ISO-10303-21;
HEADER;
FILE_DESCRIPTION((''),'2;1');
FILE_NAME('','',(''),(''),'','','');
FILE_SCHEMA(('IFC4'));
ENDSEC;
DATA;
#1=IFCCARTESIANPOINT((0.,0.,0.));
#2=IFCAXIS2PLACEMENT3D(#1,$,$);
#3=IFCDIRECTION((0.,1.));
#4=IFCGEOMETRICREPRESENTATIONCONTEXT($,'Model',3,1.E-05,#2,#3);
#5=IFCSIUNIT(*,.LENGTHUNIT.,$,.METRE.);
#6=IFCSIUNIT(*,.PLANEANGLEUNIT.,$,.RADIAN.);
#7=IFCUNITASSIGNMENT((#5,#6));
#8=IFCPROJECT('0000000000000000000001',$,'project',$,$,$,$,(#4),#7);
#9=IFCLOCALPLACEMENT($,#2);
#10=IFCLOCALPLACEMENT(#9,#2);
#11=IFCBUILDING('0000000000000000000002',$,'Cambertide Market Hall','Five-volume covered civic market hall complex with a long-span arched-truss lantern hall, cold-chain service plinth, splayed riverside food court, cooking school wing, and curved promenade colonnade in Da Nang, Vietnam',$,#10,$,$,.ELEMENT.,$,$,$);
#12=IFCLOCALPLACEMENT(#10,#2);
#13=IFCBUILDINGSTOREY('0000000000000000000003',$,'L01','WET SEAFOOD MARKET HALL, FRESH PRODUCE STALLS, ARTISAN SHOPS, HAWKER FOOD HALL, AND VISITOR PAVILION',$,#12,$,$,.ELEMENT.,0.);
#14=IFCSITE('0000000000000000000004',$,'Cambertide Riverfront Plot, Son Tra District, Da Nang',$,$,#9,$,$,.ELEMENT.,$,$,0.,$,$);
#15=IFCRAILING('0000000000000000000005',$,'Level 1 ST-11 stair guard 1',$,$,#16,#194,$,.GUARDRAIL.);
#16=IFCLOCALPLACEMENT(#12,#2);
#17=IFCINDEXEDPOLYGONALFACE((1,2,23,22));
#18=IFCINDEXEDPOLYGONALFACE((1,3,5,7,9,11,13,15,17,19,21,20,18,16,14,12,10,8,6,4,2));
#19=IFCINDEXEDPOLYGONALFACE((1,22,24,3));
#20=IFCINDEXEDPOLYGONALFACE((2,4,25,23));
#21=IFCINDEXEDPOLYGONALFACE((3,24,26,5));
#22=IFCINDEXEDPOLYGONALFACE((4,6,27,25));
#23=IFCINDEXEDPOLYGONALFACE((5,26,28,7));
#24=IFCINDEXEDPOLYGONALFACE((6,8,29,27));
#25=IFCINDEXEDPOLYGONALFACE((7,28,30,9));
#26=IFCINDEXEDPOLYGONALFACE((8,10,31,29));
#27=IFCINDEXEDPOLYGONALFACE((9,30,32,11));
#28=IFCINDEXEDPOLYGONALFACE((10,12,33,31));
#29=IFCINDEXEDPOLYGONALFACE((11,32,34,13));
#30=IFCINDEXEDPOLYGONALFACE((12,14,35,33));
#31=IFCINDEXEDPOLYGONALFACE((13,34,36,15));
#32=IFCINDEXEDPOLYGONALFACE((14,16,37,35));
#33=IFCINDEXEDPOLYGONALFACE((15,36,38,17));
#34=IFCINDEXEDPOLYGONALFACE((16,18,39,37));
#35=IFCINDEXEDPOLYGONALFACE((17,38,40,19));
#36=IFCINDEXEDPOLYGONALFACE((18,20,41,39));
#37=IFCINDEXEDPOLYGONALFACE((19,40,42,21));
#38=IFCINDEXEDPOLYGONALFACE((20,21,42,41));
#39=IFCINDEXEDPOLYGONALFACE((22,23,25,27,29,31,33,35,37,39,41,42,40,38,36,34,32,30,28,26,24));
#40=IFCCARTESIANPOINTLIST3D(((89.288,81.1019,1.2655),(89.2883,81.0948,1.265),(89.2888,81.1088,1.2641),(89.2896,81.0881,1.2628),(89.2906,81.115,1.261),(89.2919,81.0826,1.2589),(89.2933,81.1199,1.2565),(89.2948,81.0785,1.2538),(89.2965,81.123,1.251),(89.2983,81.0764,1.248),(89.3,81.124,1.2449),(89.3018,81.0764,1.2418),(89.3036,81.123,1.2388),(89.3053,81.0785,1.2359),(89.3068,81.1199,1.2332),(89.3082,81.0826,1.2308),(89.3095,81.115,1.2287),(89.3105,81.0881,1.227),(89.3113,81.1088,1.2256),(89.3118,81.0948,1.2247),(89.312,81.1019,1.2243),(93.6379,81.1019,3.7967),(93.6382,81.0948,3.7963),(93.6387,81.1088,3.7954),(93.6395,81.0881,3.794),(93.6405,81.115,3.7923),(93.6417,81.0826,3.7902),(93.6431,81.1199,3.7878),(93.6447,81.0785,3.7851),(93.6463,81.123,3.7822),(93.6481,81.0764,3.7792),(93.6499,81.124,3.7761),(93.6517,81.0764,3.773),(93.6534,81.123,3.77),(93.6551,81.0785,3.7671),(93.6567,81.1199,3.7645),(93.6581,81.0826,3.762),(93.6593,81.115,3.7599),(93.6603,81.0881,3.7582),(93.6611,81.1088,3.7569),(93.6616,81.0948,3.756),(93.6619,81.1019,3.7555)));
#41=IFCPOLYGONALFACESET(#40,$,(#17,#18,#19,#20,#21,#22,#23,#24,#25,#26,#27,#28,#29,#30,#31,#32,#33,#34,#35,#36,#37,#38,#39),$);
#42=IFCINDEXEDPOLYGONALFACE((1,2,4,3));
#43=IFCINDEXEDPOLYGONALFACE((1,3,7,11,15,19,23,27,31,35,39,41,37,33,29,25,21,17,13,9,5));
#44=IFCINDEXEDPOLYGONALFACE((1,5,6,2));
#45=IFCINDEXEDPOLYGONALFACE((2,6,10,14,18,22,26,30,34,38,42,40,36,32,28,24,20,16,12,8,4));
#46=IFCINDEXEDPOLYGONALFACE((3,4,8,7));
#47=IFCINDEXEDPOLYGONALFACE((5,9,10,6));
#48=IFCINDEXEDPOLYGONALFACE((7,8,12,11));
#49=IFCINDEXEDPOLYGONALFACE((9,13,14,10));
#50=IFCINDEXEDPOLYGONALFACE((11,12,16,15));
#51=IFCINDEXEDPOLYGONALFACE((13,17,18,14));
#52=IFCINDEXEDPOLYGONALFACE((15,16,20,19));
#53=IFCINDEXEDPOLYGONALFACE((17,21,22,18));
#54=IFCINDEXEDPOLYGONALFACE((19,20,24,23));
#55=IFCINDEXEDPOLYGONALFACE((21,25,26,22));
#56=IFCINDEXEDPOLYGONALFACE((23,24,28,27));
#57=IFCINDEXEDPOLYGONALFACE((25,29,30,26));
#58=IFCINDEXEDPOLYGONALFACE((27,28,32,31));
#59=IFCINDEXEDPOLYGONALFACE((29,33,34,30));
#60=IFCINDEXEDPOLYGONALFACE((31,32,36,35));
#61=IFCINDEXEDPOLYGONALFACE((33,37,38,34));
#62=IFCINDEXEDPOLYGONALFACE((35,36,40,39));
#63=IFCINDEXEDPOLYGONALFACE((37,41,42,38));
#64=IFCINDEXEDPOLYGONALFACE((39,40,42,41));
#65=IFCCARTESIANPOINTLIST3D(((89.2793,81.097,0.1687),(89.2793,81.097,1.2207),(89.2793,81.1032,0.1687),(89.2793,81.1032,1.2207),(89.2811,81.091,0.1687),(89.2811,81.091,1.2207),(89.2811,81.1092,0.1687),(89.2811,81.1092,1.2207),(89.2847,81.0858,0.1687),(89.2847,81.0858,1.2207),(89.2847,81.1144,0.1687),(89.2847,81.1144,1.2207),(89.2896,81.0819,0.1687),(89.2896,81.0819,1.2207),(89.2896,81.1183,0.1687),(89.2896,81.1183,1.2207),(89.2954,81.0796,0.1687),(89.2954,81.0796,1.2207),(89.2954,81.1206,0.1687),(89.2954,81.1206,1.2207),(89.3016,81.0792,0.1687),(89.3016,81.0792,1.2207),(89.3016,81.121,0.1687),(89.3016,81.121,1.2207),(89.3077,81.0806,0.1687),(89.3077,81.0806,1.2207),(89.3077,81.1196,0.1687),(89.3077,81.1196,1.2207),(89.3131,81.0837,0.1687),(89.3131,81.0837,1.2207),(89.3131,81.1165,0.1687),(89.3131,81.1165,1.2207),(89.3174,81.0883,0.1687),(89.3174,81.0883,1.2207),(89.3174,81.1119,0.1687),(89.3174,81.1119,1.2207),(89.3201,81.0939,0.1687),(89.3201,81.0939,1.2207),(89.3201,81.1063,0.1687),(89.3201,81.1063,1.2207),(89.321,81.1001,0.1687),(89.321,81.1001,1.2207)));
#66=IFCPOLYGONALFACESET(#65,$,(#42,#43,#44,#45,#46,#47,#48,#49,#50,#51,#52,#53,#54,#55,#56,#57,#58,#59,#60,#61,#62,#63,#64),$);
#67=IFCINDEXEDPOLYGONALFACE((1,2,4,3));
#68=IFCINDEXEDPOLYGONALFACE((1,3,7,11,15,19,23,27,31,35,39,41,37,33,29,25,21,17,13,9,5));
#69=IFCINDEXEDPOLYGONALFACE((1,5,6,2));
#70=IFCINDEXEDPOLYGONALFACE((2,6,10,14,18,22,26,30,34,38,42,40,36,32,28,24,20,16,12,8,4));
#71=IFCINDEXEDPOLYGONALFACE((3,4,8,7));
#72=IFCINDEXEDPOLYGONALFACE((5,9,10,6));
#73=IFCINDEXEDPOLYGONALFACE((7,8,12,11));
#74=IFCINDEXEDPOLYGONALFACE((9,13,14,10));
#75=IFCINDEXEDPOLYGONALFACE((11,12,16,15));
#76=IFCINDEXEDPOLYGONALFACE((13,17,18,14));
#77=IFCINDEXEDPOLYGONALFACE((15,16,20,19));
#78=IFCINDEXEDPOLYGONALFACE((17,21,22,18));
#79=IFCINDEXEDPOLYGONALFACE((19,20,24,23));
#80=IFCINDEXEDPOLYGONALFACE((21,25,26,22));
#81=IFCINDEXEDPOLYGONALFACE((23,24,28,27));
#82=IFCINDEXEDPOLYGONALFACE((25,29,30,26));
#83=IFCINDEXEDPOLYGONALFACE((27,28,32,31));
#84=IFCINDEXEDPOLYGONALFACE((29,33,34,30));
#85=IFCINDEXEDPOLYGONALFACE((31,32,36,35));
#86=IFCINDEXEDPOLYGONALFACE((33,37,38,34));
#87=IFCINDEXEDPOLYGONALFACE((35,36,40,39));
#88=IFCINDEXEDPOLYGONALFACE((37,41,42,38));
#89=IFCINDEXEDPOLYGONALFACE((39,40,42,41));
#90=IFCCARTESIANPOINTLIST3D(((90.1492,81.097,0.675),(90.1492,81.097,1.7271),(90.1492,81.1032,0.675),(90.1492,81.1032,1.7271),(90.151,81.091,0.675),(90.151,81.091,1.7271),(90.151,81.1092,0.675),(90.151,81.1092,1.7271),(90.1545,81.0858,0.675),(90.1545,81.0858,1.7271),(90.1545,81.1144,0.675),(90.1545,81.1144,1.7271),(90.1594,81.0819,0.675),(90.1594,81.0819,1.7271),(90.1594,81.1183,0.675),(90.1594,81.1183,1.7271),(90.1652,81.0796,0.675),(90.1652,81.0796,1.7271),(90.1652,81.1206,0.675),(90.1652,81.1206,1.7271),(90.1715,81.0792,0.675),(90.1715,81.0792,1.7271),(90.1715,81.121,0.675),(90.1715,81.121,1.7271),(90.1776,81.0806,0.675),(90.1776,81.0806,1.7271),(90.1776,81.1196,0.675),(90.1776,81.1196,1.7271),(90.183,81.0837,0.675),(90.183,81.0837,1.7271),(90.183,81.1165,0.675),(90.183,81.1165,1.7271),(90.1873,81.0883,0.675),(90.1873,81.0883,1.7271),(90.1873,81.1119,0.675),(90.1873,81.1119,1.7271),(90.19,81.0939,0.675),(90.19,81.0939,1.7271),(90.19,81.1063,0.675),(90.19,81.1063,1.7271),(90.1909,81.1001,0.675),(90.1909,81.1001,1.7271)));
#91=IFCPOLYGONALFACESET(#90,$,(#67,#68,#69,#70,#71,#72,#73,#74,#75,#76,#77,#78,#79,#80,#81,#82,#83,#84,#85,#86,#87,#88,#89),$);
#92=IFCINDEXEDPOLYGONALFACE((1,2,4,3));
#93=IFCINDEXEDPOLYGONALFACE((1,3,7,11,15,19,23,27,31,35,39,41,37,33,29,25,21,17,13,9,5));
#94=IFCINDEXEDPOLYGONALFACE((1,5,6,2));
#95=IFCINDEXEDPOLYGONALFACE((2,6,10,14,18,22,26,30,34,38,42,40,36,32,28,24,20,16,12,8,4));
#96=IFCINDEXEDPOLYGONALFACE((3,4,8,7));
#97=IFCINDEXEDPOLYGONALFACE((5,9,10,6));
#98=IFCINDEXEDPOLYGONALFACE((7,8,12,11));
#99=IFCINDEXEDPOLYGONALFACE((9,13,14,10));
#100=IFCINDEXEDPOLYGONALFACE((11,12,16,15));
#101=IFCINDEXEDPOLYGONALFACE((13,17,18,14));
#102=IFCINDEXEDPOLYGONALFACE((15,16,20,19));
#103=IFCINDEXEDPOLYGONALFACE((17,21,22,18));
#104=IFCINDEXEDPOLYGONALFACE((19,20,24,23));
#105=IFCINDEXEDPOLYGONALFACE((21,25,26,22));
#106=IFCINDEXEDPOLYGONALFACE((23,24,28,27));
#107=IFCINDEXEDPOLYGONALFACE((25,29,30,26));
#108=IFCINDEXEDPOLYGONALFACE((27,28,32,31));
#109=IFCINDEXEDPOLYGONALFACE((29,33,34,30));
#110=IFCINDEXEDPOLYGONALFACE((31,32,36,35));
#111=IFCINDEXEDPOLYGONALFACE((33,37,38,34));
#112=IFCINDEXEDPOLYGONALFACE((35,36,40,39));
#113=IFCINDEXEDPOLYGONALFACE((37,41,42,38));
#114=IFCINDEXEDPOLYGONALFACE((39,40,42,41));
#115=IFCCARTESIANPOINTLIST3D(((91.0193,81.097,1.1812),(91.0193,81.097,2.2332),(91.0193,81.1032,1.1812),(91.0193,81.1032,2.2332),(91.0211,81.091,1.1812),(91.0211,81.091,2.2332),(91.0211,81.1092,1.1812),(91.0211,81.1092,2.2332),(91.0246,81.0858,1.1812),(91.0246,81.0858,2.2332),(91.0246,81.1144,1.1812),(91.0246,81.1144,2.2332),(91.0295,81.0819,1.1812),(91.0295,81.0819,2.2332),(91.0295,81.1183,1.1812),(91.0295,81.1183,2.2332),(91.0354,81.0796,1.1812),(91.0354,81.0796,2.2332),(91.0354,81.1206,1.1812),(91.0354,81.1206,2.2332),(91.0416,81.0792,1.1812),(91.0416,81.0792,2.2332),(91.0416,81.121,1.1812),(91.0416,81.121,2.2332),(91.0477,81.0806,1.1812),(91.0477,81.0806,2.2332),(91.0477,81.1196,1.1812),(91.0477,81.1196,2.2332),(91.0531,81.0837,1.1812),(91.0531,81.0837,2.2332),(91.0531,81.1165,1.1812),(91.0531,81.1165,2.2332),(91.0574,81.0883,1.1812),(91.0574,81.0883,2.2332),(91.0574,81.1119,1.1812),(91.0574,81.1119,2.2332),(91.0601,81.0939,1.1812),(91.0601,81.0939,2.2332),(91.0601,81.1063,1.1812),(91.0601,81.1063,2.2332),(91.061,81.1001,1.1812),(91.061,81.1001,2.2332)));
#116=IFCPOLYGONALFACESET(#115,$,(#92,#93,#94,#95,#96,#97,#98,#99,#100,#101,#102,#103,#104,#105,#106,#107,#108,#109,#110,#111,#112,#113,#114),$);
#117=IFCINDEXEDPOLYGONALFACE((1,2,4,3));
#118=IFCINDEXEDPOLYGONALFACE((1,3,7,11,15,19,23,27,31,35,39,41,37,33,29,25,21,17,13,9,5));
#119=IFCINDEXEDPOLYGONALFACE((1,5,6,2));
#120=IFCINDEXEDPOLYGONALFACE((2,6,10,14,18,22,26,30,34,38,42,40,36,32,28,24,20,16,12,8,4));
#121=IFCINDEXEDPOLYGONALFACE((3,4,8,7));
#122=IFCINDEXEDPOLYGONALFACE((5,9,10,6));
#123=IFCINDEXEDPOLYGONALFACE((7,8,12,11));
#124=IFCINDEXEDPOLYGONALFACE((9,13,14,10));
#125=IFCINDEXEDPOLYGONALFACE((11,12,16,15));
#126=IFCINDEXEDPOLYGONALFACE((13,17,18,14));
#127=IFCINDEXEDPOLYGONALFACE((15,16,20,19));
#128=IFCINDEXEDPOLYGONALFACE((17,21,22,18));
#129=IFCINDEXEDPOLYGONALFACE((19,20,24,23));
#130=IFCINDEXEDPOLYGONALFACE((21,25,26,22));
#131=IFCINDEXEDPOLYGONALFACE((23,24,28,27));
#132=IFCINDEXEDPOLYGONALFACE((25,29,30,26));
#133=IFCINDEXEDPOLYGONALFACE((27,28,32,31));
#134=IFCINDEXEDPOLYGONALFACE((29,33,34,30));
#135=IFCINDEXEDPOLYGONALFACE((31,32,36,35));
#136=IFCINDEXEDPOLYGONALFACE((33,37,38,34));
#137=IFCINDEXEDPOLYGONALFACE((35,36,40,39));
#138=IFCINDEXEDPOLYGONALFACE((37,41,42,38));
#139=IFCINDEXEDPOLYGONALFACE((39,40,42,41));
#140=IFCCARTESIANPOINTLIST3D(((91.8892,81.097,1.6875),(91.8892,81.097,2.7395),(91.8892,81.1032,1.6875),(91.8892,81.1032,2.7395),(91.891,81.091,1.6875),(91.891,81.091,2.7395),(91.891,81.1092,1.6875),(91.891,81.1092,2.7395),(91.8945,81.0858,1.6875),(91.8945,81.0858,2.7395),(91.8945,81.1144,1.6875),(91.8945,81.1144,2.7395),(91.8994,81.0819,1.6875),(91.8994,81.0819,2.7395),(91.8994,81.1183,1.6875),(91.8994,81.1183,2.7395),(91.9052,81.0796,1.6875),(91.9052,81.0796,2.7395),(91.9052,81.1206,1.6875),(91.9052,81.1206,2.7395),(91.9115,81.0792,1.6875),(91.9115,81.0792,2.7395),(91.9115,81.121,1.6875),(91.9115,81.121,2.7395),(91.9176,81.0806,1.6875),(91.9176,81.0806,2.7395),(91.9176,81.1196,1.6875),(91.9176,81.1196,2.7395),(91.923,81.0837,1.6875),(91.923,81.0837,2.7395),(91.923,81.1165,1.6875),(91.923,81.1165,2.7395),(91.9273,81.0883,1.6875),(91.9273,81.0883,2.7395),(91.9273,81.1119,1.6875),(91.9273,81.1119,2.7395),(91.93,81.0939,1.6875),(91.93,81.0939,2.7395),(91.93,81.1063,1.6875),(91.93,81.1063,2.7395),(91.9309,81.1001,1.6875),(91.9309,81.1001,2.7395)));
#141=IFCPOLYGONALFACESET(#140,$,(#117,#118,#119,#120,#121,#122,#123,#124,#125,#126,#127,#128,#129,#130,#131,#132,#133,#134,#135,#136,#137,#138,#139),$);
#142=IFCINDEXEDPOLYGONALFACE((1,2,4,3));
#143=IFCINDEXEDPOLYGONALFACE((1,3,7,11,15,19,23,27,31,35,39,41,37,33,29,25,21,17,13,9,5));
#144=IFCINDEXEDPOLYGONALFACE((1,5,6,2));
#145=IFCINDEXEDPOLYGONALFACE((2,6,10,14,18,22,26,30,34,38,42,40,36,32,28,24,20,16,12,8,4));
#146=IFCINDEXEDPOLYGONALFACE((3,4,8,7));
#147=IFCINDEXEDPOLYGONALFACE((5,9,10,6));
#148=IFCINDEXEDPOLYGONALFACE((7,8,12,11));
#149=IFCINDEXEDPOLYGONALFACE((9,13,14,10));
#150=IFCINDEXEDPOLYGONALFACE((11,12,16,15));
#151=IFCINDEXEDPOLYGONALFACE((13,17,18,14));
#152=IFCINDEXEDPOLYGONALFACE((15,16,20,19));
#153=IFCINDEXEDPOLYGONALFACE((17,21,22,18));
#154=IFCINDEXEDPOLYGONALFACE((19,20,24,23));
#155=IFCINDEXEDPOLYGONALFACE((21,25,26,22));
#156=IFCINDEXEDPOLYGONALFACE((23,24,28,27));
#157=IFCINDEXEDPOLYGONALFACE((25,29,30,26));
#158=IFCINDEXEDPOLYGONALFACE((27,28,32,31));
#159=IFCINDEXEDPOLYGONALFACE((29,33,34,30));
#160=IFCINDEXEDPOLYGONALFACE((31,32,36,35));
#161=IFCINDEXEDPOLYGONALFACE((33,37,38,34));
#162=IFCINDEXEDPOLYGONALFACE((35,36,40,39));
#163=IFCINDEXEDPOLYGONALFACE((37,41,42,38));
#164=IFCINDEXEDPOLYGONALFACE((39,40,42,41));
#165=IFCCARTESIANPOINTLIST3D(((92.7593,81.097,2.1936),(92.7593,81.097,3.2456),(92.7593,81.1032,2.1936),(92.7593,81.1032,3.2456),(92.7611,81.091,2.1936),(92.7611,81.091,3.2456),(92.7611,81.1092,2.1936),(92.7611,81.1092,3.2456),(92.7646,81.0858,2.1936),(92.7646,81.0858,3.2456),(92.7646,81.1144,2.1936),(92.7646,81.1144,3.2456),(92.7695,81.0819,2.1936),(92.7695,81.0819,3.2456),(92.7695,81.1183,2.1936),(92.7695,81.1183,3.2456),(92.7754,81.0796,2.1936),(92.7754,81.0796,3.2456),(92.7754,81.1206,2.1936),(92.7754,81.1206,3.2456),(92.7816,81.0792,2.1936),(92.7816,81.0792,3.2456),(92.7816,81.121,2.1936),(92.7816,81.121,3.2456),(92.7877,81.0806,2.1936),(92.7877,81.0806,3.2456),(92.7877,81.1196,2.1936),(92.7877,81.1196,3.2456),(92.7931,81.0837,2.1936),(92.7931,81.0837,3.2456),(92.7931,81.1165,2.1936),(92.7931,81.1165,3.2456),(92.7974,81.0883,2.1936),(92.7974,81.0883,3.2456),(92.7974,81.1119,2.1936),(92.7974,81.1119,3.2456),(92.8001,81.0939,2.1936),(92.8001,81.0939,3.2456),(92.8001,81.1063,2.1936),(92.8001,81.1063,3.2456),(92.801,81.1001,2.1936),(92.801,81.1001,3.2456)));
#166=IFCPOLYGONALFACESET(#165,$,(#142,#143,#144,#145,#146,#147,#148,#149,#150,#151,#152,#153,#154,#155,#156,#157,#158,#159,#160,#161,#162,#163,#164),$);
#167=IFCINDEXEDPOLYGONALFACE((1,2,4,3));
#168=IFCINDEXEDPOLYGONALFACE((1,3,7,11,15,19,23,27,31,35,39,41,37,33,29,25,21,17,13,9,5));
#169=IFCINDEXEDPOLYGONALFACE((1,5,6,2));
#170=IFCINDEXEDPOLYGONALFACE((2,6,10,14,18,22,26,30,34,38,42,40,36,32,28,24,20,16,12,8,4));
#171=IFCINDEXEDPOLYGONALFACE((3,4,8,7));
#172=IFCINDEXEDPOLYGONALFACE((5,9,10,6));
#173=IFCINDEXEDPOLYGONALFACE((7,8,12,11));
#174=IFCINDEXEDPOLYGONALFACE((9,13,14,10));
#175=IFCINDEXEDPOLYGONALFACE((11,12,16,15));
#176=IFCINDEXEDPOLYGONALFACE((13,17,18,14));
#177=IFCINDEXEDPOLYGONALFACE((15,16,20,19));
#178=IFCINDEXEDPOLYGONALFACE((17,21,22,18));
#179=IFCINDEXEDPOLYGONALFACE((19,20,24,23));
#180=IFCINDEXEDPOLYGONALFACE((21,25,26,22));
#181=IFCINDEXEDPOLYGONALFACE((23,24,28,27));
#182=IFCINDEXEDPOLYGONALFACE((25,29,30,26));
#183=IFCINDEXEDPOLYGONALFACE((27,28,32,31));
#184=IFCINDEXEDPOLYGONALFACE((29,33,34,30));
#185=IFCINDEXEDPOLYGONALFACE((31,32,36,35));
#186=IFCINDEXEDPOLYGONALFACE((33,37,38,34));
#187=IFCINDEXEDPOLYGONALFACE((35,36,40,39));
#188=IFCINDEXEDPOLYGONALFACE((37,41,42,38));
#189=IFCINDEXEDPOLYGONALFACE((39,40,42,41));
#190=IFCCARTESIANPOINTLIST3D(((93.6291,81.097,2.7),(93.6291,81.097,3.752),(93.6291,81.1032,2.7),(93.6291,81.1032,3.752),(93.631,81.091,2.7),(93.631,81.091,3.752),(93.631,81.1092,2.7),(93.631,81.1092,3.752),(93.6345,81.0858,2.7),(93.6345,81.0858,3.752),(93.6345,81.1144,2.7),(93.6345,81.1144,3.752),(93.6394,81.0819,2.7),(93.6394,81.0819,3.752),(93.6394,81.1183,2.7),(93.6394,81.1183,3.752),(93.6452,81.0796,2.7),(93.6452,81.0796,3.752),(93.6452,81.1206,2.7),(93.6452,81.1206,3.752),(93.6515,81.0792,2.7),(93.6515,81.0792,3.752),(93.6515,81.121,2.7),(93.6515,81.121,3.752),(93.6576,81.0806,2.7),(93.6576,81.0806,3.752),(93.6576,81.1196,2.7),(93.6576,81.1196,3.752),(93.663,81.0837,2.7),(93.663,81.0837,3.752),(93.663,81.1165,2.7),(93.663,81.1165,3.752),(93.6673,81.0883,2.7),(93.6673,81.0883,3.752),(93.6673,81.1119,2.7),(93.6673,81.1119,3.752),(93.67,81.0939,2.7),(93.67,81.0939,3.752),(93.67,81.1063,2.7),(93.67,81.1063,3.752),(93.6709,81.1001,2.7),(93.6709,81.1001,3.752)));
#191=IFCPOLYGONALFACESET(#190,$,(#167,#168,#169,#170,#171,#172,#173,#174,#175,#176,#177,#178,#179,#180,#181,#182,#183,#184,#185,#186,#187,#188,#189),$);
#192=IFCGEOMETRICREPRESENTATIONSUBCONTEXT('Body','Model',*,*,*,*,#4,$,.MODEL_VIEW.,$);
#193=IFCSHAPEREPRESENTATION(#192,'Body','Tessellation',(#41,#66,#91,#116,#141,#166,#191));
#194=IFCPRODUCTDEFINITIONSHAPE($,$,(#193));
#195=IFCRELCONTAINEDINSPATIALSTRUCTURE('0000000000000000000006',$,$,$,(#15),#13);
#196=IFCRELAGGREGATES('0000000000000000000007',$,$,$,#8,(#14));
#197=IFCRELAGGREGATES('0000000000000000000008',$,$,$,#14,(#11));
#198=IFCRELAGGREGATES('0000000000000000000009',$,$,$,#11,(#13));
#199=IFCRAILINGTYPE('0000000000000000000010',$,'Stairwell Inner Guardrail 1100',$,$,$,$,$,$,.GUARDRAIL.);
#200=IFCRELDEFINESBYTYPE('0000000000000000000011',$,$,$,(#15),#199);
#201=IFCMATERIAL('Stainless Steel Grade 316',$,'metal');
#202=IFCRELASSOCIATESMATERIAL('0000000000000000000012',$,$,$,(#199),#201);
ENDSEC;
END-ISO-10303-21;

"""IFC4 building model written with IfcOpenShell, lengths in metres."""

from ifc_helpers import new_model, si_unit, direction, frame, origin, origin_2d, place, context, subcontext, project, spatial, circle, extrude, material, type_object, element, save


model = new_model("IFC4")

# Units and contexts
model_context = context("Model", 3, precision=1e-05, world=origin(), true_north=direction((0.0, 1.0)))
body_context = subcontext(model_context, "Body", "Model", "MODEL_VIEW")
ifc_project = project(units=[si_unit("LENGTHUNIT", "METRE"), si_unit("PLANEANGLEUNIT", "RADIAN")], contexts=[model_context])

# Site, building, storey
site_placement = place(None, origin())
site = spatial("IfcSite", under=ifc_project, at=site_placement, Name="Cambertide Riverfront Plot, Son Tra District, Da Nang", CompositionType="ELEMENT", RefElevation=0.0)
building_placement = place(site_placement, origin())
building = spatial("IfcBuilding", under=site, at=building_placement, Name="Cambertide Market Hall", Description="Five-volume covered civic market hall complex with a long-span arched-truss lantern hall, cold-chain service plinth, splayed riverside food court, cooking school wing, and curved promenade colonnade in Da Nang, Vietnam", CompositionType="ELEMENT")
storey_placement = place(building_placement, origin())
storey = spatial("IfcBuildingStorey", under=building, at=storey_placement, Name="L01", Description="WET SEAFOOD MARKET HALL, FRESH PRODUCE STALLS, ARTISAN SHOPS, HAWKER FOOD HALL, AND VISITOR PAVILION", CompositionType="ELEMENT", Elevation=0.0)

# Railing
ifc_material_1 = material(Name="Stainless Steel Grade 316", Category="metal")
railing_type_1 = type_object("IfcRailingType", Name="Stairwell Inner Guardrail 1100", PredefinedType="GUARDRAIL", material=ifc_material_1)
railing_1_placement = place(storey_placement, frame((89.3, 81.1001, 0.1687)))
element("IfcRailing", 1, at=railing_1_placement, inside=storey, type_object=railing_type_1, Name="Level 1 ST-11 stair guard 1", PredefinedType="GUARDRAIL", context=body_context, shape_type="SweptSolid", body=[
    extrude(circle(Radius=0.0239, at=origin_2d()), frame((0.0, 0.0, 1.0762), z_axis=(0.864312, 0.0, 0.502957), x_axis=(0.0, 1.0, 0.0)), (0.0, 0.0, 1.0), 5.0327),
    extrude(circle(Radius=0.021, at=origin_2d()), origin(), (0.0, 0.0, 1.0), 1.052),
    extrude(circle(Radius=0.021, at=origin_2d()), frame((0.8699, 0.0, 0.5063)), (0.0, 0.0, 1.0), 1.052),
    extrude(circle(Radius=0.021, at=origin_2d()), frame((1.74, 0.0, 1.0125)), (0.0, 0.0, 1.0), 1.052),
    extrude(circle(Radius=0.021, at=origin_2d()), frame((2.6099, 0.0, 1.5188)), (0.0, 0.0, 1.0), 1.052),
    extrude(circle(Radius=0.021, at=origin_2d()), frame((3.48, 0.0, 2.0249)), (0.0, 0.0, 1.0), 1.052),
    extrude(circle(Radius=0.021, at=origin_2d()), frame((4.3499, 0.0, 2.5312)), (0.0, 0.0, 1.0), 1.052),
])

save(model, "model.ifc")
